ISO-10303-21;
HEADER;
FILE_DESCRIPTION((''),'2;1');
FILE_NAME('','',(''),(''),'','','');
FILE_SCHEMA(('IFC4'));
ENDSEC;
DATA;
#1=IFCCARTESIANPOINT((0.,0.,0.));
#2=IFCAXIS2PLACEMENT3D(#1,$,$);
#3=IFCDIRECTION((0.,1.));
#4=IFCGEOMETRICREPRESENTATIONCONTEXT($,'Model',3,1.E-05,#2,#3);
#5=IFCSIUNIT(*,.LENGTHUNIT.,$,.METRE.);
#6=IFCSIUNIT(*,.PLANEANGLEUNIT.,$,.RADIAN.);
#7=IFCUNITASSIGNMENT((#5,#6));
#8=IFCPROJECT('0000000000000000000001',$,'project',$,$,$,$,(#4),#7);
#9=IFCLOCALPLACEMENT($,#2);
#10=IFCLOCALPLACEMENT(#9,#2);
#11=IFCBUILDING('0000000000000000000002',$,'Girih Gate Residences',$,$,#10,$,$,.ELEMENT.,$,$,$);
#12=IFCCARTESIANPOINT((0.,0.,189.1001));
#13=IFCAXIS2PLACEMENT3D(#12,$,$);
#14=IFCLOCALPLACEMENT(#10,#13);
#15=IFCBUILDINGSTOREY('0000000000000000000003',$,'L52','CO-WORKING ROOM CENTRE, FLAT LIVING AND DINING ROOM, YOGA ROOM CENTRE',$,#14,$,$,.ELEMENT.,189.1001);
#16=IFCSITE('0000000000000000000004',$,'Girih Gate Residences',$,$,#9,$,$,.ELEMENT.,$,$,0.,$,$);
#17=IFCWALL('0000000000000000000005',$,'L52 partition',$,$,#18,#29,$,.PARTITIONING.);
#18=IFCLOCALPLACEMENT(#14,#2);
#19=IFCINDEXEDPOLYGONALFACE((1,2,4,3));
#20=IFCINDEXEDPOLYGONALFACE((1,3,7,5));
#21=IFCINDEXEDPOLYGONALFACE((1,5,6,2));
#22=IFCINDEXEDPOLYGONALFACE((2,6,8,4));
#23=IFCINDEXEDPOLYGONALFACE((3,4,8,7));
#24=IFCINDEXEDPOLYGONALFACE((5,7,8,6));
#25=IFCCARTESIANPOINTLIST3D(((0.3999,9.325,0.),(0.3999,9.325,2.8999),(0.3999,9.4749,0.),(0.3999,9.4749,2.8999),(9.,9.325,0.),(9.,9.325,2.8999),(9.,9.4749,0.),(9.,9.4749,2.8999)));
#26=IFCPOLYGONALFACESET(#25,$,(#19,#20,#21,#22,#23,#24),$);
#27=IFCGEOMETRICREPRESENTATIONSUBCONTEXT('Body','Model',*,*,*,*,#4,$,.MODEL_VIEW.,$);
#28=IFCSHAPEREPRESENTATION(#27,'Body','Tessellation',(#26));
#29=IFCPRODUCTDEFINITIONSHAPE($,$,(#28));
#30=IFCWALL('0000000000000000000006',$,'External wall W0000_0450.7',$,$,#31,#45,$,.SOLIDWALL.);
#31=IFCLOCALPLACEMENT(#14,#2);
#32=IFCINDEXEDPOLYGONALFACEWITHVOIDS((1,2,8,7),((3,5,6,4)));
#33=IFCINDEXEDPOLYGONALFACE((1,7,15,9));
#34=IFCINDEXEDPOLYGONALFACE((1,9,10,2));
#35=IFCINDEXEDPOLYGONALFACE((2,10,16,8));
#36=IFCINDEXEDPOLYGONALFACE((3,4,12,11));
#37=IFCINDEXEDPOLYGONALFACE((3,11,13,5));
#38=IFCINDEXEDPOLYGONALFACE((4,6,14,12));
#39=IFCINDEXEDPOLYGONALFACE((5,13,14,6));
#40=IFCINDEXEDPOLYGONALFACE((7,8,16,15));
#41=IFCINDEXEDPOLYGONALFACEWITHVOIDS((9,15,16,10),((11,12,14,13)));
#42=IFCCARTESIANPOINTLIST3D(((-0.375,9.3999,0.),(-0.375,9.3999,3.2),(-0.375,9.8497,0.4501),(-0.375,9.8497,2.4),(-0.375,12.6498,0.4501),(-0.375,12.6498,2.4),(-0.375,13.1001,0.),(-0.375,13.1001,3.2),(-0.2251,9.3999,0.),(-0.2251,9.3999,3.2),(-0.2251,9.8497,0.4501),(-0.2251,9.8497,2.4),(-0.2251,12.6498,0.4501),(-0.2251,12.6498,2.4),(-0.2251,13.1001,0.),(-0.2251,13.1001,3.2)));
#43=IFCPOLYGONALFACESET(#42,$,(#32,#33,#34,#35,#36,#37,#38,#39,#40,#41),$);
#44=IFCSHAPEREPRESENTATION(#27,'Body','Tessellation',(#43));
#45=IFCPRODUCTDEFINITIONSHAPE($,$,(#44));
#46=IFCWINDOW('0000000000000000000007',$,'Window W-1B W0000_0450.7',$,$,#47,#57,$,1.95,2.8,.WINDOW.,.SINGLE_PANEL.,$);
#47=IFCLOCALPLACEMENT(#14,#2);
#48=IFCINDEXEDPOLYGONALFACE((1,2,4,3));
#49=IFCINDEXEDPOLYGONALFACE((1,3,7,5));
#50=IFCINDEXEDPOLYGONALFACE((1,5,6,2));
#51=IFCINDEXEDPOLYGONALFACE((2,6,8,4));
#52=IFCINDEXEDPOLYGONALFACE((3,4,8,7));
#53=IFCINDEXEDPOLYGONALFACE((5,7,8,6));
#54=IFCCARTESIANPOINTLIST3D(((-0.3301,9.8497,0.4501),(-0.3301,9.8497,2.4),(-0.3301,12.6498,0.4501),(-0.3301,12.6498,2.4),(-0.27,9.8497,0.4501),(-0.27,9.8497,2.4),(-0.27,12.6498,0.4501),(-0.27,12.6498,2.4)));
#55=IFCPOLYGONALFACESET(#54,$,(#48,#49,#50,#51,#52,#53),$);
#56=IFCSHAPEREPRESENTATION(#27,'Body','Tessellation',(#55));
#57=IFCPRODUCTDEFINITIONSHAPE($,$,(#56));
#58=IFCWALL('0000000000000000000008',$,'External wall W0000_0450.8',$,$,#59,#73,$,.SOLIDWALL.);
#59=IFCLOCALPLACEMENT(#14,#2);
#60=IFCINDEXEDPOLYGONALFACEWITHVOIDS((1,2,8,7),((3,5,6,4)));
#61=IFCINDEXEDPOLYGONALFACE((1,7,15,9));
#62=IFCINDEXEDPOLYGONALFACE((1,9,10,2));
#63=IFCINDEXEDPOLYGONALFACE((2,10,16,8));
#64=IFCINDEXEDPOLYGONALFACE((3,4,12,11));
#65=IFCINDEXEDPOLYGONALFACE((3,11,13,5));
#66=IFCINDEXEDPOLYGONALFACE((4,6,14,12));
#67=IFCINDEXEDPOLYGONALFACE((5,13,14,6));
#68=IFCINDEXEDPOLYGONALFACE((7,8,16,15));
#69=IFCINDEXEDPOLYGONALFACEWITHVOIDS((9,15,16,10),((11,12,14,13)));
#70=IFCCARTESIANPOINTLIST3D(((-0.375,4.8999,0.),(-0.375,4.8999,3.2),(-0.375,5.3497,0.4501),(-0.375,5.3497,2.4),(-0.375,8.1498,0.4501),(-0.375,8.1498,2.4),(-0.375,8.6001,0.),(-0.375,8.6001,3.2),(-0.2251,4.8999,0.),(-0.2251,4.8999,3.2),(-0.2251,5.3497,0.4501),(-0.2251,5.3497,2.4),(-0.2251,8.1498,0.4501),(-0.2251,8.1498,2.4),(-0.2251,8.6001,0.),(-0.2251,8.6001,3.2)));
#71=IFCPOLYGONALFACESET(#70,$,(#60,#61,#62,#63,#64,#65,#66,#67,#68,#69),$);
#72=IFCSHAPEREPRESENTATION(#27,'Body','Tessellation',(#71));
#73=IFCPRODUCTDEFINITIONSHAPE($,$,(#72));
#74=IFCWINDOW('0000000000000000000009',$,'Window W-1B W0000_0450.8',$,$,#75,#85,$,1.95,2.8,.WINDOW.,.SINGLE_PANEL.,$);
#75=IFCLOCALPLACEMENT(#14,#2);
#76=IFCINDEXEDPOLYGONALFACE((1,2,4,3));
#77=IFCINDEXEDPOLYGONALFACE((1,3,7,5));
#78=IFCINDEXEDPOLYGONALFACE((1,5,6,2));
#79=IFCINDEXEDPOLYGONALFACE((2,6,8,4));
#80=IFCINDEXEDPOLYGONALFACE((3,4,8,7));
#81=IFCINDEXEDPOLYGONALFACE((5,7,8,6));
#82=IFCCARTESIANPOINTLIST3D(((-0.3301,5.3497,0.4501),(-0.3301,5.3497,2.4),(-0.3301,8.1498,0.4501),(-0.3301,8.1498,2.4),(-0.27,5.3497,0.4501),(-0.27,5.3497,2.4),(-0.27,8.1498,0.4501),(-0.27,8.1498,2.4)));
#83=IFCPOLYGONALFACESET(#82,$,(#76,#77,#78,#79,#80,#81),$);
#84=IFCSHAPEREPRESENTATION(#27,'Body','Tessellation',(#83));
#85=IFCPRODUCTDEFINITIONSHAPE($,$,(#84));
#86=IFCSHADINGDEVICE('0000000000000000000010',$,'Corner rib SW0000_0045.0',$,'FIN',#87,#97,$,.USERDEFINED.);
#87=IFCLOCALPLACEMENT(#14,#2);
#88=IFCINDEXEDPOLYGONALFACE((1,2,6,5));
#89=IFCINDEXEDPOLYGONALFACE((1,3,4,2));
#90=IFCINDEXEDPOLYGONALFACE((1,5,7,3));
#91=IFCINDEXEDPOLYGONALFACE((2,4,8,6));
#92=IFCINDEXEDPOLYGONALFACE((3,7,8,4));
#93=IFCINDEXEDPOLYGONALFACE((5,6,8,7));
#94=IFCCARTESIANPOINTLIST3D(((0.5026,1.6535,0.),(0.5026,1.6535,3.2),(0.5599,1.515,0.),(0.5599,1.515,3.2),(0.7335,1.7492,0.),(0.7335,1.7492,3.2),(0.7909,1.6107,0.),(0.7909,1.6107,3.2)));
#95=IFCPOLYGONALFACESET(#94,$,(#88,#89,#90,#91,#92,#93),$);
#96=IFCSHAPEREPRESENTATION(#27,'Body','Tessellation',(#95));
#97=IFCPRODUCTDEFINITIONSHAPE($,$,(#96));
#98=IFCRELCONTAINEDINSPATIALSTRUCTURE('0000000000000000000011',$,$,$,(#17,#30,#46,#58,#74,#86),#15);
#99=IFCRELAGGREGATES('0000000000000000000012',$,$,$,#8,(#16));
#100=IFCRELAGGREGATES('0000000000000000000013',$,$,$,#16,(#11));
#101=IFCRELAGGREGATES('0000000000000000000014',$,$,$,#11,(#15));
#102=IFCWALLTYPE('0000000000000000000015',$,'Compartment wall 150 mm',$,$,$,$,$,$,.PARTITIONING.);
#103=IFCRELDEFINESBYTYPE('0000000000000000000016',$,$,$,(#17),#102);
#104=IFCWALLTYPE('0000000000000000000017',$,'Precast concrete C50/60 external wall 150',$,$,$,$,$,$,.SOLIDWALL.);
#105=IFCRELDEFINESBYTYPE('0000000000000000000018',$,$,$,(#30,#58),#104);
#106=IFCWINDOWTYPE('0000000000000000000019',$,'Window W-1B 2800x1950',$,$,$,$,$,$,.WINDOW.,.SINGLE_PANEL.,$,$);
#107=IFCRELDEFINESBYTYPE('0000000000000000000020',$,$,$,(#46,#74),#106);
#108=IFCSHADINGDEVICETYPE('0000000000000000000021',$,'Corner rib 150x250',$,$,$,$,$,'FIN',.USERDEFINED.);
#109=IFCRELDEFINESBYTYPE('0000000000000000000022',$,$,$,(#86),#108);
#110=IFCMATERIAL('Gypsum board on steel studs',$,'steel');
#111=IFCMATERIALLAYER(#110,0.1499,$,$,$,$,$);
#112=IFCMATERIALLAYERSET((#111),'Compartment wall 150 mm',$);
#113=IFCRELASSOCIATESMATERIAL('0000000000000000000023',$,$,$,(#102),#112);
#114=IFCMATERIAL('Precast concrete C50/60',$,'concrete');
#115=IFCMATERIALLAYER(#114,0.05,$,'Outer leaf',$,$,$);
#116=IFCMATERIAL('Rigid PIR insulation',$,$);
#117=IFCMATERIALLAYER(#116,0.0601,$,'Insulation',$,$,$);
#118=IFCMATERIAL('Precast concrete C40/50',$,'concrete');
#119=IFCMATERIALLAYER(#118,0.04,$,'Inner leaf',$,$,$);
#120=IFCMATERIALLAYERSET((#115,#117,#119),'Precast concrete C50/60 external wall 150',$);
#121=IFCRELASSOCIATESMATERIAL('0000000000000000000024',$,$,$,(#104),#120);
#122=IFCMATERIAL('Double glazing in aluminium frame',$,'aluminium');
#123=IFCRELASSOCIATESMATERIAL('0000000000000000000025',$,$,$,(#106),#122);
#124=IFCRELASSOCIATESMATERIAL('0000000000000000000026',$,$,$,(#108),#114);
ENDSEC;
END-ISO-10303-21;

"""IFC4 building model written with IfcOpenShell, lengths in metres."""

from ifc_helpers import new_model, si_unit, direction, frame, frame_2d, origin, origin_2d, place, context, subcontext, project, spatial, rectangle, extrude, material, layer, layer_set, type_object, element, fill, save


model = new_model("IFC4")

# Units and contexts
model_context = context("Model", 3, precision=1e-05, world=origin(), true_north=direction((0.0, 1.0)))
body_context = subcontext(model_context, "Body", "Model", "MODEL_VIEW")
ifc_project = project(units=[si_unit("LENGTHUNIT", "METRE"), si_unit("PLANEANGLEUNIT", "RADIAN")], contexts=[model_context])

# Site, building, storey
site_placement = place(None, origin())
site = spatial("IfcSite", under=ifc_project, at=site_placement, Name="Girih Gate Residences", CompositionType="ELEMENT", RefElevation=0.0)
building_placement = place(site_placement, origin())
building = spatial("IfcBuilding", under=site, at=building_placement, Name="Girih Gate Residences", CompositionType="ELEMENT")
storey_placement = place(building_placement, frame((0.0, 0.0, 189.1001)))
storey = spatial("IfcBuildingStorey", under=building, at=storey_placement, Name="L52", Description="CO-WORKING ROOM CENTRE, FLAT LIVING AND DINING ROOM, YOGA ROOM CENTRE", CompositionType="ELEMENT", Elevation=189.1001)

# Wall
ifc_material_1 = material(Name="Gypsum board on steel studs", Category="steel")
ifc_layer_1 = layer(ifc_material_1, 0.1499)
ifc_layer_set_1 = layer_set([ifc_layer_1], Name="Compartment wall 150 mm")
wall_type_1 = type_object("IfcWallType", Name="Compartment wall 150 mm", PredefinedType="PARTITIONING", material=ifc_layer_set_1)
wall_1_placement = place(storey_placement, frame((0.3999, 9.3999, 0.0), z_axis=(0.0, 0.0, 1.0), x_axis=(1.0, 0.0, 0.0)))
element("IfcWall", 1, at=wall_1_placement, inside=storey, type_object=wall_type_1, Name="L52 partition", PredefinedType="PARTITIONING", context=body_context, shape_type="SweptSolid", body=[
    extrude(rectangle(XDim=8.6001, YDim=0.1499, at=frame_2d((4.3, 0.0))), origin(), (0.0, 0.0, 1.0), 2.8999),
])

# Walls, openings, windows
ifc_material_2 = material(Name="Precast concrete C50/60", Category="concrete")
ifc_layer_2 = layer(ifc_material_2, 0.05, Name="Outer leaf")
ifc_material_3 = material(Name="Rigid PIR insulation")
ifc_layer_3 = layer(ifc_material_3, 0.0601, Name="Insulation")
ifc_material_4 = material(Name="Precast concrete C40/50", Category="concrete")
ifc_layer_4 = layer(ifc_material_4, 0.04, Name="Inner leaf")
ifc_layer_set_2 = layer_set([ifc_layer_2, ifc_layer_3, ifc_layer_4], Name="Precast concrete C50/60 external wall 150")
wall_type_2 = type_object("IfcWallType", Name="Precast concrete C50/60 external wall 150", PredefinedType="SOLIDWALL", material=ifc_layer_set_2)
wall_2_placement = place(storey_placement, frame((-0.3, 9.3999, 0.0), z_axis=(0.0, 0.0, 1.0), x_axis=(0.0, 1.0, 0.0)))
wall_2 = element("IfcWall", 2, at=wall_2_placement, inside=storey, type_object=wall_type_2, Name="External wall W0000_0450.7", PredefinedType="SOLIDWALL", context=body_context, shape_type="SweptSolid", body=[
    extrude(rectangle(XDim=3.7002, YDim=0.1499, at=frame_2d((1.8501, 0.0))), origin(), (0.0, 0.0, 1.0), 3.2),
])
opening_1_placement = place(wall_2_placement, frame((0.45, 0.0, 0.45)))
opening_1 = element("IfcOpeningElement", 3, at=opening_1_placement, cuts=wall_2, PredefinedType="OPENING", context=body_context, shape_type="SweptSolid", body=[
    extrude(rectangle(XDim=2.8, YDim=1.95, at=frame_2d((1.3999, 0.9751))), frame((0.0, 0.085, 0.0), z_axis=(0.0, -1.0, 0.0), x_axis=(1.0, 0.0, 0.0)), (0.0, 0.0, 1.0), 0.1699),
])
ifc_material_5 = material(Name="Double glazing in aluminium frame", Category="aluminium")
window_type = type_object("IfcWindowType", Name="Window W-1B 2800x1950", PartitioningType="SINGLE_PANEL", PredefinedType="WINDOW", material=ifc_material_5)
window_1_placement = place(opening_1_placement, origin())
window_1 = element("IfcWindow", 4, at=window_1_placement, inside=storey, type_object=window_type, Name="Window W-1B W0000_0450.7", OverallHeight=1.95, OverallWidth=2.8, PartitioningType="SINGLE_PANEL", PredefinedType="WINDOW", context=body_context, shape_type="SweptSolid", body=[
    extrude(rectangle(XDim=2.8, YDim=1.95, at=frame_2d((1.3999, 0.9751))), frame((0.0, 0.03, 0.0), z_axis=(0.0, -1.0, 0.0), x_axis=(1.0, 0.0, 0.0)), (0.0, 0.0, 1.0), 0.0601),
])
fill(opening_1, window_1)
wall_3_placement = place(storey_placement, frame((-0.3, 4.8999, 0.0), z_axis=(0.0, 0.0, 1.0), x_axis=(0.0, 1.0, 0.0)))
wall_3 = element("IfcWall", 5, at=wall_3_placement, inside=storey, type_object=wall_type_2, Name="External wall W0000_0450.8", PredefinedType="SOLIDWALL", context=body_context, shape_type="SweptSolid", body=[
    extrude(rectangle(XDim=3.7002, YDim=0.1499, at=frame_2d((1.8501, 0.0))), origin(), (0.0, 0.0, 1.0), 3.2),
])
opening_2_placement = place(wall_3_placement, frame((0.45, 0.0, 0.45)))
opening_2 = element("IfcOpeningElement", 6, at=opening_2_placement, cuts=wall_3, PredefinedType="OPENING", context=body_context, shape_type="SweptSolid", body=[
    extrude(rectangle(XDim=2.8, YDim=1.95, at=frame_2d((1.3999, 0.9751))), frame((0.0, 0.085, 0.0), z_axis=(0.0, -1.0, 0.0), x_axis=(1.0, 0.0, 0.0)), (0.0, 0.0, 1.0), 0.1699),
])
window_2_placement = place(opening_2_placement, origin())
window_2 = element("IfcWindow", 7, at=window_2_placement, inside=storey, type_object=window_type, Name="Window W-1B W0000_0450.8", OverallHeight=1.95, OverallWidth=2.8, PartitioningType="SINGLE_PANEL", PredefinedType="WINDOW", context=body_context, shape_type="SweptSolid", body=[
    extrude(rectangle(XDim=2.8, YDim=1.95, at=frame_2d((1.3999, 0.9751))), frame((0.0, 0.03, 0.0), z_axis=(0.0, -1.0, 0.0), x_axis=(1.0, 0.0, 0.0)), (0.0, 0.0, 1.0), 0.0601),
])
fill(opening_2, window_2)

# Shading device
shading_device_type = type_object("IfcShadingDeviceType", Name="Corner rib 150x250", ElementType="FIN", PredefinedType="USERDEFINED", material=ifc_material_2)
shading_device_placement = place(storey_placement, frame((0.6467, 1.6321, 0.0), z_axis=(0.0, 0.0, 1.0), x_axis=(0.382683, -0.92388, 0.0)))
element("IfcShadingDevice", 8, at=shading_device_placement, inside=storey, type_object=shading_device_type, Name="Corner rib SW0000_0045.0", ObjectType="FIN", PredefinedType="USERDEFINED", context=body_context, shape_type="SweptSolid", body=[
    extrude(rectangle(XDim=0.1499, YDim=0.25, at=origin_2d()), origin(), (0.0, 0.0, 1.0), 3.2),
])

save(model, "model.ifc")
